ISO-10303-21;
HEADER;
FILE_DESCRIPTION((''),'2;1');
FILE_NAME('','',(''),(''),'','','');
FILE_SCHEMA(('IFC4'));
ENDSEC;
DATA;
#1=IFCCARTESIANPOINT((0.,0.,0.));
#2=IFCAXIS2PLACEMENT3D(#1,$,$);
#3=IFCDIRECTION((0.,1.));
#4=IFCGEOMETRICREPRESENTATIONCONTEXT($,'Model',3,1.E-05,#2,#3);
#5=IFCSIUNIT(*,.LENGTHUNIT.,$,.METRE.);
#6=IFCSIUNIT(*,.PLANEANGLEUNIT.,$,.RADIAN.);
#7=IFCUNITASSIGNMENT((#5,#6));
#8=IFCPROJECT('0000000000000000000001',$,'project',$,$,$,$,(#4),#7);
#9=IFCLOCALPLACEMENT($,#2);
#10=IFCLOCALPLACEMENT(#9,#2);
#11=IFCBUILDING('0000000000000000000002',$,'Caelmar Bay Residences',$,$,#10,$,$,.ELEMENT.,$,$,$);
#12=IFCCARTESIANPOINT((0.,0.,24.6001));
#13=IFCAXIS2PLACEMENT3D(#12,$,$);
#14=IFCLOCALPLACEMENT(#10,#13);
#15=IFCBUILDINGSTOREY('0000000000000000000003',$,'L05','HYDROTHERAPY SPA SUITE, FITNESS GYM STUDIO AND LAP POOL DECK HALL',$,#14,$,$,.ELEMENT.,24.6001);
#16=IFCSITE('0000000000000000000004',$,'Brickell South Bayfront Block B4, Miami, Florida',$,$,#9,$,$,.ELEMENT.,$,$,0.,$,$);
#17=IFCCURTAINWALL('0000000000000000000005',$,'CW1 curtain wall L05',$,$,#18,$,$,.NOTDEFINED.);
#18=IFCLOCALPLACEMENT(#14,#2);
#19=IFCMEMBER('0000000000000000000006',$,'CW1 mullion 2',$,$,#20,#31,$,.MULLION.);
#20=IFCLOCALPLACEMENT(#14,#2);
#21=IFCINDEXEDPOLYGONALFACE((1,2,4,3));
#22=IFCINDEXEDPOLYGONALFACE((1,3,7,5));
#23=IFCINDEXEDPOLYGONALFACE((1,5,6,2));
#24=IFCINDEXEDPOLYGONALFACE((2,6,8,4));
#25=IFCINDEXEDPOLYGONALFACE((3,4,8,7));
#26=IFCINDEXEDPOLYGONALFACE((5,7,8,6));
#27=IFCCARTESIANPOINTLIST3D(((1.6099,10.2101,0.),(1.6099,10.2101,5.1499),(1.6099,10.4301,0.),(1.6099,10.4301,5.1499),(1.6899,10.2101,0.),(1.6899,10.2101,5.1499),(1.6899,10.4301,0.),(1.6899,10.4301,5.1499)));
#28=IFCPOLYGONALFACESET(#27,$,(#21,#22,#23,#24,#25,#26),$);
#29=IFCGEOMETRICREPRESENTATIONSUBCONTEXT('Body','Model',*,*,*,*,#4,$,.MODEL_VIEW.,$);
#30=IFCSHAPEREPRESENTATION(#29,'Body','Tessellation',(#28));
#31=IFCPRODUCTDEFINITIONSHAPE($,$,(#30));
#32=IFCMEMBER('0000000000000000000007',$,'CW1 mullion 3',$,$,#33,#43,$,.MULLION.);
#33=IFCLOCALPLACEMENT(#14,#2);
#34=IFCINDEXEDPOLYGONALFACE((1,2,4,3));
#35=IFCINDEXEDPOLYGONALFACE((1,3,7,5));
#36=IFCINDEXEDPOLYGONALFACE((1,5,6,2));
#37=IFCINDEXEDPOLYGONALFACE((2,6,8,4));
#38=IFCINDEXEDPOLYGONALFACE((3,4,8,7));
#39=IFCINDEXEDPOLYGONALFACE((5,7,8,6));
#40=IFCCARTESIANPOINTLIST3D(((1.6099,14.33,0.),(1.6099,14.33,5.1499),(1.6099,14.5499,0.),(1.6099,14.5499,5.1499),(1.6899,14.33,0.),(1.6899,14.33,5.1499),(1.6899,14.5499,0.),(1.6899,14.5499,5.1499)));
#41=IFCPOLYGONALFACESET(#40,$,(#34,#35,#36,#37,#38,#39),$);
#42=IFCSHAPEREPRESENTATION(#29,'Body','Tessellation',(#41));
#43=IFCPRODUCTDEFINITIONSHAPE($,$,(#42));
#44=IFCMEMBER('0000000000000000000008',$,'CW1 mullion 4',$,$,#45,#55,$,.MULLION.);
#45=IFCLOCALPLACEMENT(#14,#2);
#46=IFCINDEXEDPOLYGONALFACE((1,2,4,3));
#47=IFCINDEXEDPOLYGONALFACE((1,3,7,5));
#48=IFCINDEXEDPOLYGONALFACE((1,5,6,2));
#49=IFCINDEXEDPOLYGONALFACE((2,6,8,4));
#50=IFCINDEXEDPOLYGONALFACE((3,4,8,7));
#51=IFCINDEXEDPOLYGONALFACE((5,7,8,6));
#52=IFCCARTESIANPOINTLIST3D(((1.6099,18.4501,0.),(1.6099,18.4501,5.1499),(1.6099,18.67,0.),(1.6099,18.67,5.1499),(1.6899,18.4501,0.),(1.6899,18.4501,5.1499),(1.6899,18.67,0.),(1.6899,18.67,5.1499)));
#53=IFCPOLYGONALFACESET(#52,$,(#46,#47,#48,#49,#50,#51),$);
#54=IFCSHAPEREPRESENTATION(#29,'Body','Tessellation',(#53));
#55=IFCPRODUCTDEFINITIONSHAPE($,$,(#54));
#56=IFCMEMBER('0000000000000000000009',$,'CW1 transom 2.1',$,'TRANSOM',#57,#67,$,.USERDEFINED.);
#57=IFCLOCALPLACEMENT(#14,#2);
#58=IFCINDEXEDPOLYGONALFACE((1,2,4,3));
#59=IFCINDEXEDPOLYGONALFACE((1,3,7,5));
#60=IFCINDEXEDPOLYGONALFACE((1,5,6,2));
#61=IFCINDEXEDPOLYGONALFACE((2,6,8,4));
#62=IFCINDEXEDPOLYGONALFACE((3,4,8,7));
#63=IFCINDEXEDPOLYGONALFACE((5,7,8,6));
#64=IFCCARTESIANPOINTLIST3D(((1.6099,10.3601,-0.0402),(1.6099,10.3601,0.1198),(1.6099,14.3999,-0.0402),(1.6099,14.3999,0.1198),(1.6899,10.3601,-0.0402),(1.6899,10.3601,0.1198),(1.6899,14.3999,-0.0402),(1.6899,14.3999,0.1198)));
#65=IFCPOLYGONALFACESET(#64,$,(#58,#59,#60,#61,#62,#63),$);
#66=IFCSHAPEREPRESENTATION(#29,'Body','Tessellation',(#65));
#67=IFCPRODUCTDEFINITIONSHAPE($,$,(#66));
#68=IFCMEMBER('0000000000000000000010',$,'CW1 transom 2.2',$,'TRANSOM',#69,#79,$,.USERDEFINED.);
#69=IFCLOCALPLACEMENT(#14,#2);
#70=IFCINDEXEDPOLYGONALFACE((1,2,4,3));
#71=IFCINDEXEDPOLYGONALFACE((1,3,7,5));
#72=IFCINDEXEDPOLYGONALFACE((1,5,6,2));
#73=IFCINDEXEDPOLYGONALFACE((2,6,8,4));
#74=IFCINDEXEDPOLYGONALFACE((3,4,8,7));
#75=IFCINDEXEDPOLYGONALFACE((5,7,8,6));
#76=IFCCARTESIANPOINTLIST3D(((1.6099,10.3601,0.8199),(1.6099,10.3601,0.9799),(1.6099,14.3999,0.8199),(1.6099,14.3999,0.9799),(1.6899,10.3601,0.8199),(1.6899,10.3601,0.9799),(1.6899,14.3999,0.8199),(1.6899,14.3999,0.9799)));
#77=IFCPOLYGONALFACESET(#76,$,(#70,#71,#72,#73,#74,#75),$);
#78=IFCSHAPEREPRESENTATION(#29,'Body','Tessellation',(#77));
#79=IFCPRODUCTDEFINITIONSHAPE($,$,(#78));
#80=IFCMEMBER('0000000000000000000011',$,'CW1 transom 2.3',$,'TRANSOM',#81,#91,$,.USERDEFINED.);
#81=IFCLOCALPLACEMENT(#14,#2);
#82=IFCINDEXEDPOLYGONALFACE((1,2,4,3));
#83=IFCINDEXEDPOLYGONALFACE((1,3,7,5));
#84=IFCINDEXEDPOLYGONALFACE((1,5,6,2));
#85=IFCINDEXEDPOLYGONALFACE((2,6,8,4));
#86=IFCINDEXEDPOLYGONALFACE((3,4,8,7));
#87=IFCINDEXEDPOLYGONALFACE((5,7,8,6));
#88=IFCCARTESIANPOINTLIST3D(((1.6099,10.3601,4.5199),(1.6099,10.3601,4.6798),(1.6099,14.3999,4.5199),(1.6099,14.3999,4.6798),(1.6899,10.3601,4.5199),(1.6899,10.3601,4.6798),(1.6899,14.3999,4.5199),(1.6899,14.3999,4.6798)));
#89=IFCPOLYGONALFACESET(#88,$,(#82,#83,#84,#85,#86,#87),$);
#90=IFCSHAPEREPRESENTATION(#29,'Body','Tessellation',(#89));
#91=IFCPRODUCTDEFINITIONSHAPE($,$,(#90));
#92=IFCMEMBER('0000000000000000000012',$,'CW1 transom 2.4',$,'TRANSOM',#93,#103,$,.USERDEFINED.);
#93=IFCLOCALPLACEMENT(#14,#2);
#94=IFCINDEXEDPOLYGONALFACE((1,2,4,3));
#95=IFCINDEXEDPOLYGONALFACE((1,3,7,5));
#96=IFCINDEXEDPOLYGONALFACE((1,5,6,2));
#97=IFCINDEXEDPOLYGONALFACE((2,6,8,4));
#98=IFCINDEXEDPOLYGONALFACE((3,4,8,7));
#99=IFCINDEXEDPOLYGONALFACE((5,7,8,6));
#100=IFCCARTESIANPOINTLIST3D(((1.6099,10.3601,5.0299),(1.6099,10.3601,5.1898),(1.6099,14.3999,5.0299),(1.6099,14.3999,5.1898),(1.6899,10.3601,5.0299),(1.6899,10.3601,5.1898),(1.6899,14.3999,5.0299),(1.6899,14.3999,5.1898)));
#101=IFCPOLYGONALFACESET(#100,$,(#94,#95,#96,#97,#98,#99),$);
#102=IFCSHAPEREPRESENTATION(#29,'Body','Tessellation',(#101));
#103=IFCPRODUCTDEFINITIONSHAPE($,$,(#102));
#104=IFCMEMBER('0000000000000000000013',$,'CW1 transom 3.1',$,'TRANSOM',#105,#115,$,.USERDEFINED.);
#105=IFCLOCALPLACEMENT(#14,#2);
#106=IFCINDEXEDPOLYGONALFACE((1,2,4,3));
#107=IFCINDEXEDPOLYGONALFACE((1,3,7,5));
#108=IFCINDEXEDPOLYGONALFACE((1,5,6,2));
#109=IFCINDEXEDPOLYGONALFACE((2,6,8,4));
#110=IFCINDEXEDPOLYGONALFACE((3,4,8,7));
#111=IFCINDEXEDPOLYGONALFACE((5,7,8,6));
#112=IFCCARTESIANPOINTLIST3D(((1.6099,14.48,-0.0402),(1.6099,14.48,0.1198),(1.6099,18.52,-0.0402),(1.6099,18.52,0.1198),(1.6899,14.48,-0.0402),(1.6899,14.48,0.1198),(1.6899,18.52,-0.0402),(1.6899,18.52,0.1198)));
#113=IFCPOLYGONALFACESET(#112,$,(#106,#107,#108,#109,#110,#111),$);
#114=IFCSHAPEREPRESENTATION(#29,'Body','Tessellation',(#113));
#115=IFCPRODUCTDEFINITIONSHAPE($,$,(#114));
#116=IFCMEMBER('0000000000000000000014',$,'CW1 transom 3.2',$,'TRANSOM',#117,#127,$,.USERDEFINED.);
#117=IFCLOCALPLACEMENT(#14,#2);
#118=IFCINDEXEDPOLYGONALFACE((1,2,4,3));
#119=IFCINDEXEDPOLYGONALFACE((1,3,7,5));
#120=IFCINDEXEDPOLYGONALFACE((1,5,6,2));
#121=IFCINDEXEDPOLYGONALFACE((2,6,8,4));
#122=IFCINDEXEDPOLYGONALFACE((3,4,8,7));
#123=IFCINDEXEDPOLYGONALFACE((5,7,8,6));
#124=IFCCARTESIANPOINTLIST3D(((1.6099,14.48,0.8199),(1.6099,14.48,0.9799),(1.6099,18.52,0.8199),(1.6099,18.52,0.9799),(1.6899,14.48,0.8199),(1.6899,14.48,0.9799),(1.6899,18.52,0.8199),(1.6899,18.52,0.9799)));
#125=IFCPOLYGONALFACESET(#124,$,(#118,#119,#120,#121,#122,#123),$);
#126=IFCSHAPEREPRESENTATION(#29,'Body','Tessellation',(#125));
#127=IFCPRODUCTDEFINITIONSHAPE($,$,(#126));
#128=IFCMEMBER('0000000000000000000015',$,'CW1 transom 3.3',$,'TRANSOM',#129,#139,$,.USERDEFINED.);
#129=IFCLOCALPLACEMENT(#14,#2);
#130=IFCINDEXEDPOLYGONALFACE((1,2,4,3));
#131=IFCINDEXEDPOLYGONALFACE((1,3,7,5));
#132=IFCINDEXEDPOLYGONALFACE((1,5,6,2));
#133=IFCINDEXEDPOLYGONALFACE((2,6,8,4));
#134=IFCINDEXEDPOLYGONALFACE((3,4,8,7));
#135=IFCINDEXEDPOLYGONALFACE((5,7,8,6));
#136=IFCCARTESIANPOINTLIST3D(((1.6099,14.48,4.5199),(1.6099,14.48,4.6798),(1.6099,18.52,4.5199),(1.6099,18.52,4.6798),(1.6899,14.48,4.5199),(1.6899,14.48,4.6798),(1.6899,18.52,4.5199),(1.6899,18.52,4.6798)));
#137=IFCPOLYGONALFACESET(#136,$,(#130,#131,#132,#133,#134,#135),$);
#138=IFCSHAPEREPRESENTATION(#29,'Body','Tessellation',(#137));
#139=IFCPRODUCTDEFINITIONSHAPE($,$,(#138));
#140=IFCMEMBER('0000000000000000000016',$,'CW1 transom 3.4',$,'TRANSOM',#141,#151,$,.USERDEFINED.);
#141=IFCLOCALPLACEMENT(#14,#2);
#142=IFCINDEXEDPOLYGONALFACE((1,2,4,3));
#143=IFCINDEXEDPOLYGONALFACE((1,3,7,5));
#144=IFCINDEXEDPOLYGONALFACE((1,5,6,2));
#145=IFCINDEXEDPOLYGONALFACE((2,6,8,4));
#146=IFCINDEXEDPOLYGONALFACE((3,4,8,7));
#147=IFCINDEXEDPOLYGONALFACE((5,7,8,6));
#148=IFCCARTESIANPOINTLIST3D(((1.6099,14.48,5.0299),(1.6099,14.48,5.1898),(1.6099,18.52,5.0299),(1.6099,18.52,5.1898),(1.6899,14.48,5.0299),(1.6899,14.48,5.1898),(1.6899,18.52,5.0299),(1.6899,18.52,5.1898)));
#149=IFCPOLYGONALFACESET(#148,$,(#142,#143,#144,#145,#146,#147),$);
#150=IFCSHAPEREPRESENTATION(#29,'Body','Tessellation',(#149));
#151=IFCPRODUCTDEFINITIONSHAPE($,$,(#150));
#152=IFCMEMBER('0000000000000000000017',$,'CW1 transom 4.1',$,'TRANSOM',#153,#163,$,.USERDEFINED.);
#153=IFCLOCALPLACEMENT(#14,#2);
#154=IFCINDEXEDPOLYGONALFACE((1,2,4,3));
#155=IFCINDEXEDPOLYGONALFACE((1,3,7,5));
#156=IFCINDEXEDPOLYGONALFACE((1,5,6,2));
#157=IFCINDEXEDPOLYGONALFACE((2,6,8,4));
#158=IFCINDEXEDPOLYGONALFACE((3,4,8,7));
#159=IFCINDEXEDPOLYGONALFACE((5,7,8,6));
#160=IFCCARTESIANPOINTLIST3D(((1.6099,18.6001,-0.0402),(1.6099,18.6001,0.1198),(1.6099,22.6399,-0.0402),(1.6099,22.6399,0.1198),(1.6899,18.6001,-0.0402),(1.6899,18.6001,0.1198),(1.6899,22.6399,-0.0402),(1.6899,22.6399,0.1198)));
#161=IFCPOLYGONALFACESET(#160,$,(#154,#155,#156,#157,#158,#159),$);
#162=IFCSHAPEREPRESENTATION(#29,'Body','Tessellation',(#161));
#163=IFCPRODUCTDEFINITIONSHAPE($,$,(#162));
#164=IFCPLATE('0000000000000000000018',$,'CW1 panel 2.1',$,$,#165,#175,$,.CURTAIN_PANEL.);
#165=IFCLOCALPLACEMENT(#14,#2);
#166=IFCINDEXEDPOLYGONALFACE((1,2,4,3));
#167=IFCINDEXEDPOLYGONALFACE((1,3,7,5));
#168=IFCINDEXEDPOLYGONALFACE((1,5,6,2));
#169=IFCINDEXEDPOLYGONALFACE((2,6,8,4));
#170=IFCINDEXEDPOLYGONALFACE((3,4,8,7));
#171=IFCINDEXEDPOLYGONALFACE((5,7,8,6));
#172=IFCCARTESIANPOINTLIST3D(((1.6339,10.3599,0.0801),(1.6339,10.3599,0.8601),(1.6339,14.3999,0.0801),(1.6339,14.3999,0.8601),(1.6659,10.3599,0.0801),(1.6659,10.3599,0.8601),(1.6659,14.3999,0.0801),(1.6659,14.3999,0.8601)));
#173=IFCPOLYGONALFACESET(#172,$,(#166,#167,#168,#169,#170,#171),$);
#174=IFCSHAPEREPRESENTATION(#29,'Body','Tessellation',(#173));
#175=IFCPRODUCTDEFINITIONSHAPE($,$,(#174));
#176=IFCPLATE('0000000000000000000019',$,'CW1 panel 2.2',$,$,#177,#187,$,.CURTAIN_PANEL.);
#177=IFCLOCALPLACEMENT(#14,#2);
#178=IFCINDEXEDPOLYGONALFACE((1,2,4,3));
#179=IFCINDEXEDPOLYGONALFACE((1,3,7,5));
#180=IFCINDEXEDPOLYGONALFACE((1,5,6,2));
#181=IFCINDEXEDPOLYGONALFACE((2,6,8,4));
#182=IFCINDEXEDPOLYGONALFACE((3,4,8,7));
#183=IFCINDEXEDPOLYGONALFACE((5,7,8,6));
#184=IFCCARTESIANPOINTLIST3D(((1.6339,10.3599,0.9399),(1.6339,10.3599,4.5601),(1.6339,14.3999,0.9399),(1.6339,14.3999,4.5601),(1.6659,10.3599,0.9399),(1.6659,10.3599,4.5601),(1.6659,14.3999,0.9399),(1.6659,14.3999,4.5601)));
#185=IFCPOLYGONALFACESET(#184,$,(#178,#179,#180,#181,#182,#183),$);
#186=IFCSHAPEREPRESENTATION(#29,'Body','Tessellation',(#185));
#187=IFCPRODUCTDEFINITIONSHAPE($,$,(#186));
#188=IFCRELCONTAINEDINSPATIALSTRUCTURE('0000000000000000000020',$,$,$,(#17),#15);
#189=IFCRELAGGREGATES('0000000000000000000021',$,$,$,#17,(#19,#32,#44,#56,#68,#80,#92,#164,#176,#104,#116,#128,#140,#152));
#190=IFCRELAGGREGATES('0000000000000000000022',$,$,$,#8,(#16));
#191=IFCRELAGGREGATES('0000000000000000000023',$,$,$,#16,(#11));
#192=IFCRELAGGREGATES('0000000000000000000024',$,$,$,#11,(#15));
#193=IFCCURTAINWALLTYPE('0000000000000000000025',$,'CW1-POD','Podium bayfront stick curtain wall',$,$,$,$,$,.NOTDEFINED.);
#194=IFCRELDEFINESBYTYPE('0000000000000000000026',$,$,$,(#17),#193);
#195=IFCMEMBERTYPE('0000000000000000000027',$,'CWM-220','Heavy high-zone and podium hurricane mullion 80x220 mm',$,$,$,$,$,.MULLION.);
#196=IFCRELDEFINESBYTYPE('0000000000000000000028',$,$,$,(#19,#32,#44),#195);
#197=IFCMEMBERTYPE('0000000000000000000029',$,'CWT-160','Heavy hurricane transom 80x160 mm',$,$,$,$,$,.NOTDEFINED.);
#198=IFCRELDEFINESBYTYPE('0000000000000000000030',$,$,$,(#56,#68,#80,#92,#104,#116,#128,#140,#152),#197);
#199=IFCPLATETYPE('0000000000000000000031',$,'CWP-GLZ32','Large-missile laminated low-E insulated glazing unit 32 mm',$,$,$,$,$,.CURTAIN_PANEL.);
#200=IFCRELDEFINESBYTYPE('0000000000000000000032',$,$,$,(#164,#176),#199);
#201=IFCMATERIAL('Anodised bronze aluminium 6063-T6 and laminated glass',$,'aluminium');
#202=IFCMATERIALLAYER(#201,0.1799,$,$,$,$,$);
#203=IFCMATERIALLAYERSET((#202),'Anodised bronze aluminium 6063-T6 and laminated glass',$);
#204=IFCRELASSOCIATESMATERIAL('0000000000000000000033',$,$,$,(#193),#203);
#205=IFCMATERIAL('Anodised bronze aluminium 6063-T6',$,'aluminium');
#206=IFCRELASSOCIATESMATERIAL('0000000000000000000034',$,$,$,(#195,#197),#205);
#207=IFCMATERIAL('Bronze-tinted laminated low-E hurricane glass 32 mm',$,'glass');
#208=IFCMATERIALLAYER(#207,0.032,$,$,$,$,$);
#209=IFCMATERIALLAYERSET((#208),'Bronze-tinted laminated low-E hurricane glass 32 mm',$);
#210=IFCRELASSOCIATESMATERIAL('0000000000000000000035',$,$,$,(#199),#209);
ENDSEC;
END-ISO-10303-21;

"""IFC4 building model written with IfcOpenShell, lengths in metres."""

from ifc_helpers import new_model, si_unit, direction, frame, origin, origin_2d, place, context, subcontext, project, spatial, rectangle, extrude, material, layer, layer_set, material_profile, profile_set, type_object, element, aggregate, save


model = new_model("IFC4")

# Units and contexts
model_context = context("Model", 3, precision=1e-05, world=origin(), true_north=direction((0.0, 1.0)))
body_context = subcontext(model_context, "Body", "Model", "MODEL_VIEW")
ifc_project = project(units=[si_unit("LENGTHUNIT", "METRE"), si_unit("PLANEANGLEUNIT", "RADIAN")], contexts=[model_context])

# Site, building, storey
site_placement = place(None, origin())
site = spatial("IfcSite", under=ifc_project, at=site_placement, Name="Brickell South Bayfront Block B4, Miami, Florida", CompositionType="ELEMENT", RefElevation=0.0)
building_placement = place(site_placement, origin())
building = spatial("IfcBuilding", under=site, at=building_placement, Name="Caelmar Bay Residences", CompositionType="ELEMENT")
storey_placement = place(building_placement, frame((0.0, 0.0, 24.6001)))
storey = spatial("IfcBuildingStorey", under=building, at=storey_placement, Name="L05", Description="HYDROTHERAPY SPA SUITE, FITNESS GYM STUDIO AND LAP POOL DECK HALL", CompositionType="ELEMENT", Elevation=24.6001)

# Curtain wall, members, plates
ifc_material_1 = material(Name="Anodised bronze aluminium 6063-T6 and laminated glass", Category="aluminium")
ifc_layer_1 = layer(ifc_material_1, 0.1799)
ifc_layer_set_1 = layer_set([ifc_layer_1], Name="Anodised bronze aluminium 6063-T6 and laminated glass")
curtain_wall_type = type_object("IfcCurtainWallType", Name="CW1-POD", Description="Podium bayfront stick curtain wall", PredefinedType="NOTDEFINED", material=ifc_layer_set_1)
curtain_wall_placement = place(storey_placement, origin())
curtain_wall = element("IfcCurtainWall", 1, at=curtain_wall_placement, inside=storey, type_object=curtain_wall_type, Name="CW1 curtain wall L05", PredefinedType="NOTDEFINED")
ifc_material_2 = material(Name="Anodised bronze aluminium 6063-T6", Category="aluminium")
ifc_material_profile_1 = material_profile(ifc_material_2, rectangle(XDim=0.0801, YDim=0.22, at=origin_2d()), Name="CWM-80X220")
ifc_profile_set_1 = profile_set([ifc_material_profile_1], Name="Anodised bronze aluminium 6063-T6")
member_type_1 = type_object("IfcMemberType", Name="CWM-220", Description="Heavy high-zone and podium hurricane mullion 80x220 mm", PredefinedType="MULLION", material=ifc_profile_set_1)
member_1_placement = place(storey_placement, frame((1.6499, 10.3201, 0.0), z_axis=(0.0, 0.0, 1.0), x_axis=(-1.0, 0.0, 0.0)))
member_1 = element("IfcMember", 2, at=member_1_placement, type_object=member_type_1, Name="CW1 mullion 2", PredefinedType="MULLION", context=body_context, shape_type="SweptSolid", body=[
    extrude(rectangle(XDim=0.0801, YDim=0.22, at=origin_2d()), origin(), (0.0, 0.0, 1.0), 5.1499),
])
member_2_placement = place(storey_placement, frame((1.6499, 14.4399, 0.0), z_axis=(0.0, 0.0, 1.0), x_axis=(-1.0, 0.0, 0.0)))
member_2 = element("IfcMember", 3, at=member_2_placement, type_object=member_type_1, Name="CW1 mullion 3", PredefinedType="MULLION", context=body_context, shape_type="SweptSolid", body=[
    extrude(rectangle(XDim=0.0801, YDim=0.22, at=origin_2d()), origin(), (0.0, 0.0, 1.0), 5.1499),
])
member_3_placement = place(storey_placement, frame((1.6499, 18.5601, 0.0), z_axis=(0.0, 0.0, 1.0), x_axis=(-1.0, 0.0, 0.0)))
member_3 = element("IfcMember", 4, at=member_3_placement, type_object=member_type_1, Name="CW1 mullion 4", PredefinedType="MULLION", context=body_context, shape_type="SweptSolid", body=[
    extrude(rectangle(XDim=0.0801, YDim=0.22, at=origin_2d()), origin(), (0.0, 0.0, 1.0), 5.1499),
])
ifc_material_profile_2 = material_profile(ifc_material_2, rectangle(XDim=0.0801, YDim=0.1599, at=origin_2d()), Name="CWT-80X160")
ifc_profile_set_2 = profile_set([ifc_material_profile_2], Name="Anodised bronze aluminium 6063-T6")
member_type_2 = type_object("IfcMemberType", Name="CWT-160", Description="Heavy hurricane transom 80x160 mm", PredefinedType="NOTDEFINED", material=ifc_profile_set_2)
member_4_placement = place(storey_placement, frame((1.6499, 10.3601, 0.0398), z_axis=(0.0, 1.0, 0.0), x_axis=(-1.0, 0.0, 0.0)))
member_4 = element("IfcMember", 5, at=member_4_placement, type_object=member_type_2, Name="CW1 transom 2.1", ObjectType="TRANSOM", PredefinedType="USERDEFINED", context=body_context, shape_type="SweptSolid", body=[
    extrude(rectangle(XDim=0.0801, YDim=0.1599, at=origin_2d()), origin(), (0.0, 0.0, 1.0), 4.0398),
])
member_5_placement = place(storey_placement, frame((1.6499, 10.3601, 0.8999), z_axis=(0.0, 1.0, 0.0), x_axis=(-1.0, 0.0, 0.0)))
member_5 = element("IfcMember", 6, at=member_5_placement, type_object=member_type_2, Name="CW1 transom 2.2", ObjectType="TRANSOM", PredefinedType="USERDEFINED", context=body_context, shape_type="SweptSolid", body=[
    extrude(rectangle(XDim=0.0801, YDim=0.1599, at=origin_2d()), origin(), (0.0, 0.0, 1.0), 4.0398),
])
member_6_placement = place(storey_placement, frame((1.6499, 10.3601, 4.5999), z_axis=(0.0, 1.0, 0.0), x_axis=(-1.0, 0.0, 0.0)))
member_6 = element("IfcMember", 7, at=member_6_placement, type_object=member_type_2, Name="CW1 transom 2.3", ObjectType="TRANSOM", PredefinedType="USERDEFINED", context=body_context, shape_type="SweptSolid", body=[
    extrude(rectangle(XDim=0.0801, YDim=0.1599, at=origin_2d()), origin(), (0.0, 0.0, 1.0), 4.0398),
])
member_7_placement = place(storey_placement, frame((1.6499, 10.3601, 5.1099), z_axis=(0.0, 1.0, 0.0), x_axis=(-1.0, 0.0, 0.0)))
member_7 = element("IfcMember", 8, at=member_7_placement, type_object=member_type_2, Name="CW1 transom 2.4", ObjectType="TRANSOM", PredefinedType="USERDEFINED", context=body_context, shape_type="SweptSolid", body=[
    extrude(rectangle(XDim=0.0801, YDim=0.1599, at=origin_2d()), origin(), (0.0, 0.0, 1.0), 4.0398),
])
member_8_placement = place(storey_placement, frame((1.6499, 14.48, 0.0398), z_axis=(0.0, 1.0, 0.0), x_axis=(-1.0, 0.0, 0.0)))
member_8 = element("IfcMember", 9, at=member_8_placement, type_object=member_type_2, Name="CW1 transom 3.1", ObjectType="TRANSOM", PredefinedType="USERDEFINED", context=body_context, shape_type="SweptSolid", body=[
    extrude(rectangle(XDim=0.0801, YDim=0.1599, at=origin_2d()), origin(), (0.0, 0.0, 1.0), 4.04),
])
member_9_placement = place(storey_placement, frame((1.6499, 14.48, 0.8999), z_axis=(0.0, 1.0, 0.0), x_axis=(-1.0, 0.0, 0.0)))
member_9 = element("IfcMember", 10, at=member_9_placement, type_object=member_type_2, Name="CW1 transom 3.2", ObjectType="TRANSOM", PredefinedType="USERDEFINED", context=body_context, shape_type="SweptSolid", body=[
    extrude(rectangle(XDim=0.0801, YDim=0.1599, at=origin_2d()), origin(), (0.0, 0.0, 1.0), 4.04),
])
member_10_placement = place(storey_placement, frame((1.6499, 14.48, 4.5999), z_axis=(0.0, 1.0, 0.0), x_axis=(-1.0, 0.0, 0.0)))
member_10 = element("IfcMember", 11, at=member_10_placement, type_object=member_type_2, Name="CW1 transom 3.3", ObjectType="TRANSOM", PredefinedType="USERDEFINED", context=body_context, shape_type="SweptSolid", body=[
    extrude(rectangle(XDim=0.0801, YDim=0.1599, at=origin_2d()), origin(), (0.0, 0.0, 1.0), 4.04),
])
member_11_placement = place(storey_placement, frame((1.6499, 14.48, 5.1099), z_axis=(0.0, 1.0, 0.0), x_axis=(-1.0, 0.0, 0.0)))
member_11 = element("IfcMember", 12, at=member_11_placement, type_object=member_type_2, Name="CW1 transom 3.4", ObjectType="TRANSOM", PredefinedType="USERDEFINED", context=body_context, shape_type="SweptSolid", body=[
    extrude(rectangle(XDim=0.0801, YDim=0.1599, at=origin_2d()), origin(), (0.0, 0.0, 1.0), 4.04),
])
member_12_placement = place(storey_placement, frame((1.6499, 18.6001, 0.0398), z_axis=(0.0, 1.0, 0.0), x_axis=(-1.0, 0.0, 0.0)))
member_12 = element("IfcMember", 13, at=member_12_placement, type_object=member_type_2, Name="CW1 transom 4.1", ObjectType="TRANSOM", PredefinedType="USERDEFINED", context=body_context, shape_type="SweptSolid", body=[
    extrude(rectangle(XDim=0.0801, YDim=0.1599, at=origin_2d()), origin(), (0.0, 0.0, 1.0), 4.0398),
])
ifc_material_3 = material(Name="Bronze-tinted laminated low-E hurricane glass 32 mm", Category="glass")
ifc_layer_2 = layer(ifc_material_3, 0.032)
ifc_layer_set_2 = layer_set([ifc_layer_2], Name="Bronze-tinted laminated low-E hurricane glass 32 mm")
plate_type = type_object("IfcPlateType", Name="CWP-GLZ32", Description="Large-missile laminated low-E insulated glazing unit 32 mm", PredefinedType="CURTAIN_PANEL", material=ifc_layer_set_2)
plate_1_placement = place(storey_placement, frame((1.6499, 12.3799, 0.0801), z_axis=(0.0, 0.0, 1.0), x_axis=(0.0, 1.0, 0.0)))
plate_1 = element("IfcPlate", 14, at=plate_1_placement, type_object=plate_type, Name="CW1 panel 2.1", PredefinedType="CURTAIN_PANEL", context=body_context, shape_type="SweptSolid", body=[
    extrude(rectangle(XDim=4.04, YDim=0.032, at=origin_2d()), origin(), (0.0, 0.0, 1.0), 0.78),
])
plate_2_placement = place(storey_placement, frame((1.6499, 12.3799, 0.9399), z_axis=(0.0, 0.0, 1.0), x_axis=(0.0, 1.0, 0.0)))
plate_2 = element("IfcPlate", 15, at=plate_2_placement, type_object=plate_type, Name="CW1 panel 2.2", PredefinedType="CURTAIN_PANEL", context=body_context, shape_type="SweptSolid", body=[
    extrude(rectangle(XDim=4.04, YDim=0.032, at=origin_2d()), origin(), (0.0, 0.0, 1.0), 3.6201),
])
aggregate(curtain_wall, [member_1, member_2, member_3, member_4, member_5, member_6, member_7, plate_1, plate_2, member_8, member_9, member_10, member_11, member_12])

save(model, "model.ifc")
